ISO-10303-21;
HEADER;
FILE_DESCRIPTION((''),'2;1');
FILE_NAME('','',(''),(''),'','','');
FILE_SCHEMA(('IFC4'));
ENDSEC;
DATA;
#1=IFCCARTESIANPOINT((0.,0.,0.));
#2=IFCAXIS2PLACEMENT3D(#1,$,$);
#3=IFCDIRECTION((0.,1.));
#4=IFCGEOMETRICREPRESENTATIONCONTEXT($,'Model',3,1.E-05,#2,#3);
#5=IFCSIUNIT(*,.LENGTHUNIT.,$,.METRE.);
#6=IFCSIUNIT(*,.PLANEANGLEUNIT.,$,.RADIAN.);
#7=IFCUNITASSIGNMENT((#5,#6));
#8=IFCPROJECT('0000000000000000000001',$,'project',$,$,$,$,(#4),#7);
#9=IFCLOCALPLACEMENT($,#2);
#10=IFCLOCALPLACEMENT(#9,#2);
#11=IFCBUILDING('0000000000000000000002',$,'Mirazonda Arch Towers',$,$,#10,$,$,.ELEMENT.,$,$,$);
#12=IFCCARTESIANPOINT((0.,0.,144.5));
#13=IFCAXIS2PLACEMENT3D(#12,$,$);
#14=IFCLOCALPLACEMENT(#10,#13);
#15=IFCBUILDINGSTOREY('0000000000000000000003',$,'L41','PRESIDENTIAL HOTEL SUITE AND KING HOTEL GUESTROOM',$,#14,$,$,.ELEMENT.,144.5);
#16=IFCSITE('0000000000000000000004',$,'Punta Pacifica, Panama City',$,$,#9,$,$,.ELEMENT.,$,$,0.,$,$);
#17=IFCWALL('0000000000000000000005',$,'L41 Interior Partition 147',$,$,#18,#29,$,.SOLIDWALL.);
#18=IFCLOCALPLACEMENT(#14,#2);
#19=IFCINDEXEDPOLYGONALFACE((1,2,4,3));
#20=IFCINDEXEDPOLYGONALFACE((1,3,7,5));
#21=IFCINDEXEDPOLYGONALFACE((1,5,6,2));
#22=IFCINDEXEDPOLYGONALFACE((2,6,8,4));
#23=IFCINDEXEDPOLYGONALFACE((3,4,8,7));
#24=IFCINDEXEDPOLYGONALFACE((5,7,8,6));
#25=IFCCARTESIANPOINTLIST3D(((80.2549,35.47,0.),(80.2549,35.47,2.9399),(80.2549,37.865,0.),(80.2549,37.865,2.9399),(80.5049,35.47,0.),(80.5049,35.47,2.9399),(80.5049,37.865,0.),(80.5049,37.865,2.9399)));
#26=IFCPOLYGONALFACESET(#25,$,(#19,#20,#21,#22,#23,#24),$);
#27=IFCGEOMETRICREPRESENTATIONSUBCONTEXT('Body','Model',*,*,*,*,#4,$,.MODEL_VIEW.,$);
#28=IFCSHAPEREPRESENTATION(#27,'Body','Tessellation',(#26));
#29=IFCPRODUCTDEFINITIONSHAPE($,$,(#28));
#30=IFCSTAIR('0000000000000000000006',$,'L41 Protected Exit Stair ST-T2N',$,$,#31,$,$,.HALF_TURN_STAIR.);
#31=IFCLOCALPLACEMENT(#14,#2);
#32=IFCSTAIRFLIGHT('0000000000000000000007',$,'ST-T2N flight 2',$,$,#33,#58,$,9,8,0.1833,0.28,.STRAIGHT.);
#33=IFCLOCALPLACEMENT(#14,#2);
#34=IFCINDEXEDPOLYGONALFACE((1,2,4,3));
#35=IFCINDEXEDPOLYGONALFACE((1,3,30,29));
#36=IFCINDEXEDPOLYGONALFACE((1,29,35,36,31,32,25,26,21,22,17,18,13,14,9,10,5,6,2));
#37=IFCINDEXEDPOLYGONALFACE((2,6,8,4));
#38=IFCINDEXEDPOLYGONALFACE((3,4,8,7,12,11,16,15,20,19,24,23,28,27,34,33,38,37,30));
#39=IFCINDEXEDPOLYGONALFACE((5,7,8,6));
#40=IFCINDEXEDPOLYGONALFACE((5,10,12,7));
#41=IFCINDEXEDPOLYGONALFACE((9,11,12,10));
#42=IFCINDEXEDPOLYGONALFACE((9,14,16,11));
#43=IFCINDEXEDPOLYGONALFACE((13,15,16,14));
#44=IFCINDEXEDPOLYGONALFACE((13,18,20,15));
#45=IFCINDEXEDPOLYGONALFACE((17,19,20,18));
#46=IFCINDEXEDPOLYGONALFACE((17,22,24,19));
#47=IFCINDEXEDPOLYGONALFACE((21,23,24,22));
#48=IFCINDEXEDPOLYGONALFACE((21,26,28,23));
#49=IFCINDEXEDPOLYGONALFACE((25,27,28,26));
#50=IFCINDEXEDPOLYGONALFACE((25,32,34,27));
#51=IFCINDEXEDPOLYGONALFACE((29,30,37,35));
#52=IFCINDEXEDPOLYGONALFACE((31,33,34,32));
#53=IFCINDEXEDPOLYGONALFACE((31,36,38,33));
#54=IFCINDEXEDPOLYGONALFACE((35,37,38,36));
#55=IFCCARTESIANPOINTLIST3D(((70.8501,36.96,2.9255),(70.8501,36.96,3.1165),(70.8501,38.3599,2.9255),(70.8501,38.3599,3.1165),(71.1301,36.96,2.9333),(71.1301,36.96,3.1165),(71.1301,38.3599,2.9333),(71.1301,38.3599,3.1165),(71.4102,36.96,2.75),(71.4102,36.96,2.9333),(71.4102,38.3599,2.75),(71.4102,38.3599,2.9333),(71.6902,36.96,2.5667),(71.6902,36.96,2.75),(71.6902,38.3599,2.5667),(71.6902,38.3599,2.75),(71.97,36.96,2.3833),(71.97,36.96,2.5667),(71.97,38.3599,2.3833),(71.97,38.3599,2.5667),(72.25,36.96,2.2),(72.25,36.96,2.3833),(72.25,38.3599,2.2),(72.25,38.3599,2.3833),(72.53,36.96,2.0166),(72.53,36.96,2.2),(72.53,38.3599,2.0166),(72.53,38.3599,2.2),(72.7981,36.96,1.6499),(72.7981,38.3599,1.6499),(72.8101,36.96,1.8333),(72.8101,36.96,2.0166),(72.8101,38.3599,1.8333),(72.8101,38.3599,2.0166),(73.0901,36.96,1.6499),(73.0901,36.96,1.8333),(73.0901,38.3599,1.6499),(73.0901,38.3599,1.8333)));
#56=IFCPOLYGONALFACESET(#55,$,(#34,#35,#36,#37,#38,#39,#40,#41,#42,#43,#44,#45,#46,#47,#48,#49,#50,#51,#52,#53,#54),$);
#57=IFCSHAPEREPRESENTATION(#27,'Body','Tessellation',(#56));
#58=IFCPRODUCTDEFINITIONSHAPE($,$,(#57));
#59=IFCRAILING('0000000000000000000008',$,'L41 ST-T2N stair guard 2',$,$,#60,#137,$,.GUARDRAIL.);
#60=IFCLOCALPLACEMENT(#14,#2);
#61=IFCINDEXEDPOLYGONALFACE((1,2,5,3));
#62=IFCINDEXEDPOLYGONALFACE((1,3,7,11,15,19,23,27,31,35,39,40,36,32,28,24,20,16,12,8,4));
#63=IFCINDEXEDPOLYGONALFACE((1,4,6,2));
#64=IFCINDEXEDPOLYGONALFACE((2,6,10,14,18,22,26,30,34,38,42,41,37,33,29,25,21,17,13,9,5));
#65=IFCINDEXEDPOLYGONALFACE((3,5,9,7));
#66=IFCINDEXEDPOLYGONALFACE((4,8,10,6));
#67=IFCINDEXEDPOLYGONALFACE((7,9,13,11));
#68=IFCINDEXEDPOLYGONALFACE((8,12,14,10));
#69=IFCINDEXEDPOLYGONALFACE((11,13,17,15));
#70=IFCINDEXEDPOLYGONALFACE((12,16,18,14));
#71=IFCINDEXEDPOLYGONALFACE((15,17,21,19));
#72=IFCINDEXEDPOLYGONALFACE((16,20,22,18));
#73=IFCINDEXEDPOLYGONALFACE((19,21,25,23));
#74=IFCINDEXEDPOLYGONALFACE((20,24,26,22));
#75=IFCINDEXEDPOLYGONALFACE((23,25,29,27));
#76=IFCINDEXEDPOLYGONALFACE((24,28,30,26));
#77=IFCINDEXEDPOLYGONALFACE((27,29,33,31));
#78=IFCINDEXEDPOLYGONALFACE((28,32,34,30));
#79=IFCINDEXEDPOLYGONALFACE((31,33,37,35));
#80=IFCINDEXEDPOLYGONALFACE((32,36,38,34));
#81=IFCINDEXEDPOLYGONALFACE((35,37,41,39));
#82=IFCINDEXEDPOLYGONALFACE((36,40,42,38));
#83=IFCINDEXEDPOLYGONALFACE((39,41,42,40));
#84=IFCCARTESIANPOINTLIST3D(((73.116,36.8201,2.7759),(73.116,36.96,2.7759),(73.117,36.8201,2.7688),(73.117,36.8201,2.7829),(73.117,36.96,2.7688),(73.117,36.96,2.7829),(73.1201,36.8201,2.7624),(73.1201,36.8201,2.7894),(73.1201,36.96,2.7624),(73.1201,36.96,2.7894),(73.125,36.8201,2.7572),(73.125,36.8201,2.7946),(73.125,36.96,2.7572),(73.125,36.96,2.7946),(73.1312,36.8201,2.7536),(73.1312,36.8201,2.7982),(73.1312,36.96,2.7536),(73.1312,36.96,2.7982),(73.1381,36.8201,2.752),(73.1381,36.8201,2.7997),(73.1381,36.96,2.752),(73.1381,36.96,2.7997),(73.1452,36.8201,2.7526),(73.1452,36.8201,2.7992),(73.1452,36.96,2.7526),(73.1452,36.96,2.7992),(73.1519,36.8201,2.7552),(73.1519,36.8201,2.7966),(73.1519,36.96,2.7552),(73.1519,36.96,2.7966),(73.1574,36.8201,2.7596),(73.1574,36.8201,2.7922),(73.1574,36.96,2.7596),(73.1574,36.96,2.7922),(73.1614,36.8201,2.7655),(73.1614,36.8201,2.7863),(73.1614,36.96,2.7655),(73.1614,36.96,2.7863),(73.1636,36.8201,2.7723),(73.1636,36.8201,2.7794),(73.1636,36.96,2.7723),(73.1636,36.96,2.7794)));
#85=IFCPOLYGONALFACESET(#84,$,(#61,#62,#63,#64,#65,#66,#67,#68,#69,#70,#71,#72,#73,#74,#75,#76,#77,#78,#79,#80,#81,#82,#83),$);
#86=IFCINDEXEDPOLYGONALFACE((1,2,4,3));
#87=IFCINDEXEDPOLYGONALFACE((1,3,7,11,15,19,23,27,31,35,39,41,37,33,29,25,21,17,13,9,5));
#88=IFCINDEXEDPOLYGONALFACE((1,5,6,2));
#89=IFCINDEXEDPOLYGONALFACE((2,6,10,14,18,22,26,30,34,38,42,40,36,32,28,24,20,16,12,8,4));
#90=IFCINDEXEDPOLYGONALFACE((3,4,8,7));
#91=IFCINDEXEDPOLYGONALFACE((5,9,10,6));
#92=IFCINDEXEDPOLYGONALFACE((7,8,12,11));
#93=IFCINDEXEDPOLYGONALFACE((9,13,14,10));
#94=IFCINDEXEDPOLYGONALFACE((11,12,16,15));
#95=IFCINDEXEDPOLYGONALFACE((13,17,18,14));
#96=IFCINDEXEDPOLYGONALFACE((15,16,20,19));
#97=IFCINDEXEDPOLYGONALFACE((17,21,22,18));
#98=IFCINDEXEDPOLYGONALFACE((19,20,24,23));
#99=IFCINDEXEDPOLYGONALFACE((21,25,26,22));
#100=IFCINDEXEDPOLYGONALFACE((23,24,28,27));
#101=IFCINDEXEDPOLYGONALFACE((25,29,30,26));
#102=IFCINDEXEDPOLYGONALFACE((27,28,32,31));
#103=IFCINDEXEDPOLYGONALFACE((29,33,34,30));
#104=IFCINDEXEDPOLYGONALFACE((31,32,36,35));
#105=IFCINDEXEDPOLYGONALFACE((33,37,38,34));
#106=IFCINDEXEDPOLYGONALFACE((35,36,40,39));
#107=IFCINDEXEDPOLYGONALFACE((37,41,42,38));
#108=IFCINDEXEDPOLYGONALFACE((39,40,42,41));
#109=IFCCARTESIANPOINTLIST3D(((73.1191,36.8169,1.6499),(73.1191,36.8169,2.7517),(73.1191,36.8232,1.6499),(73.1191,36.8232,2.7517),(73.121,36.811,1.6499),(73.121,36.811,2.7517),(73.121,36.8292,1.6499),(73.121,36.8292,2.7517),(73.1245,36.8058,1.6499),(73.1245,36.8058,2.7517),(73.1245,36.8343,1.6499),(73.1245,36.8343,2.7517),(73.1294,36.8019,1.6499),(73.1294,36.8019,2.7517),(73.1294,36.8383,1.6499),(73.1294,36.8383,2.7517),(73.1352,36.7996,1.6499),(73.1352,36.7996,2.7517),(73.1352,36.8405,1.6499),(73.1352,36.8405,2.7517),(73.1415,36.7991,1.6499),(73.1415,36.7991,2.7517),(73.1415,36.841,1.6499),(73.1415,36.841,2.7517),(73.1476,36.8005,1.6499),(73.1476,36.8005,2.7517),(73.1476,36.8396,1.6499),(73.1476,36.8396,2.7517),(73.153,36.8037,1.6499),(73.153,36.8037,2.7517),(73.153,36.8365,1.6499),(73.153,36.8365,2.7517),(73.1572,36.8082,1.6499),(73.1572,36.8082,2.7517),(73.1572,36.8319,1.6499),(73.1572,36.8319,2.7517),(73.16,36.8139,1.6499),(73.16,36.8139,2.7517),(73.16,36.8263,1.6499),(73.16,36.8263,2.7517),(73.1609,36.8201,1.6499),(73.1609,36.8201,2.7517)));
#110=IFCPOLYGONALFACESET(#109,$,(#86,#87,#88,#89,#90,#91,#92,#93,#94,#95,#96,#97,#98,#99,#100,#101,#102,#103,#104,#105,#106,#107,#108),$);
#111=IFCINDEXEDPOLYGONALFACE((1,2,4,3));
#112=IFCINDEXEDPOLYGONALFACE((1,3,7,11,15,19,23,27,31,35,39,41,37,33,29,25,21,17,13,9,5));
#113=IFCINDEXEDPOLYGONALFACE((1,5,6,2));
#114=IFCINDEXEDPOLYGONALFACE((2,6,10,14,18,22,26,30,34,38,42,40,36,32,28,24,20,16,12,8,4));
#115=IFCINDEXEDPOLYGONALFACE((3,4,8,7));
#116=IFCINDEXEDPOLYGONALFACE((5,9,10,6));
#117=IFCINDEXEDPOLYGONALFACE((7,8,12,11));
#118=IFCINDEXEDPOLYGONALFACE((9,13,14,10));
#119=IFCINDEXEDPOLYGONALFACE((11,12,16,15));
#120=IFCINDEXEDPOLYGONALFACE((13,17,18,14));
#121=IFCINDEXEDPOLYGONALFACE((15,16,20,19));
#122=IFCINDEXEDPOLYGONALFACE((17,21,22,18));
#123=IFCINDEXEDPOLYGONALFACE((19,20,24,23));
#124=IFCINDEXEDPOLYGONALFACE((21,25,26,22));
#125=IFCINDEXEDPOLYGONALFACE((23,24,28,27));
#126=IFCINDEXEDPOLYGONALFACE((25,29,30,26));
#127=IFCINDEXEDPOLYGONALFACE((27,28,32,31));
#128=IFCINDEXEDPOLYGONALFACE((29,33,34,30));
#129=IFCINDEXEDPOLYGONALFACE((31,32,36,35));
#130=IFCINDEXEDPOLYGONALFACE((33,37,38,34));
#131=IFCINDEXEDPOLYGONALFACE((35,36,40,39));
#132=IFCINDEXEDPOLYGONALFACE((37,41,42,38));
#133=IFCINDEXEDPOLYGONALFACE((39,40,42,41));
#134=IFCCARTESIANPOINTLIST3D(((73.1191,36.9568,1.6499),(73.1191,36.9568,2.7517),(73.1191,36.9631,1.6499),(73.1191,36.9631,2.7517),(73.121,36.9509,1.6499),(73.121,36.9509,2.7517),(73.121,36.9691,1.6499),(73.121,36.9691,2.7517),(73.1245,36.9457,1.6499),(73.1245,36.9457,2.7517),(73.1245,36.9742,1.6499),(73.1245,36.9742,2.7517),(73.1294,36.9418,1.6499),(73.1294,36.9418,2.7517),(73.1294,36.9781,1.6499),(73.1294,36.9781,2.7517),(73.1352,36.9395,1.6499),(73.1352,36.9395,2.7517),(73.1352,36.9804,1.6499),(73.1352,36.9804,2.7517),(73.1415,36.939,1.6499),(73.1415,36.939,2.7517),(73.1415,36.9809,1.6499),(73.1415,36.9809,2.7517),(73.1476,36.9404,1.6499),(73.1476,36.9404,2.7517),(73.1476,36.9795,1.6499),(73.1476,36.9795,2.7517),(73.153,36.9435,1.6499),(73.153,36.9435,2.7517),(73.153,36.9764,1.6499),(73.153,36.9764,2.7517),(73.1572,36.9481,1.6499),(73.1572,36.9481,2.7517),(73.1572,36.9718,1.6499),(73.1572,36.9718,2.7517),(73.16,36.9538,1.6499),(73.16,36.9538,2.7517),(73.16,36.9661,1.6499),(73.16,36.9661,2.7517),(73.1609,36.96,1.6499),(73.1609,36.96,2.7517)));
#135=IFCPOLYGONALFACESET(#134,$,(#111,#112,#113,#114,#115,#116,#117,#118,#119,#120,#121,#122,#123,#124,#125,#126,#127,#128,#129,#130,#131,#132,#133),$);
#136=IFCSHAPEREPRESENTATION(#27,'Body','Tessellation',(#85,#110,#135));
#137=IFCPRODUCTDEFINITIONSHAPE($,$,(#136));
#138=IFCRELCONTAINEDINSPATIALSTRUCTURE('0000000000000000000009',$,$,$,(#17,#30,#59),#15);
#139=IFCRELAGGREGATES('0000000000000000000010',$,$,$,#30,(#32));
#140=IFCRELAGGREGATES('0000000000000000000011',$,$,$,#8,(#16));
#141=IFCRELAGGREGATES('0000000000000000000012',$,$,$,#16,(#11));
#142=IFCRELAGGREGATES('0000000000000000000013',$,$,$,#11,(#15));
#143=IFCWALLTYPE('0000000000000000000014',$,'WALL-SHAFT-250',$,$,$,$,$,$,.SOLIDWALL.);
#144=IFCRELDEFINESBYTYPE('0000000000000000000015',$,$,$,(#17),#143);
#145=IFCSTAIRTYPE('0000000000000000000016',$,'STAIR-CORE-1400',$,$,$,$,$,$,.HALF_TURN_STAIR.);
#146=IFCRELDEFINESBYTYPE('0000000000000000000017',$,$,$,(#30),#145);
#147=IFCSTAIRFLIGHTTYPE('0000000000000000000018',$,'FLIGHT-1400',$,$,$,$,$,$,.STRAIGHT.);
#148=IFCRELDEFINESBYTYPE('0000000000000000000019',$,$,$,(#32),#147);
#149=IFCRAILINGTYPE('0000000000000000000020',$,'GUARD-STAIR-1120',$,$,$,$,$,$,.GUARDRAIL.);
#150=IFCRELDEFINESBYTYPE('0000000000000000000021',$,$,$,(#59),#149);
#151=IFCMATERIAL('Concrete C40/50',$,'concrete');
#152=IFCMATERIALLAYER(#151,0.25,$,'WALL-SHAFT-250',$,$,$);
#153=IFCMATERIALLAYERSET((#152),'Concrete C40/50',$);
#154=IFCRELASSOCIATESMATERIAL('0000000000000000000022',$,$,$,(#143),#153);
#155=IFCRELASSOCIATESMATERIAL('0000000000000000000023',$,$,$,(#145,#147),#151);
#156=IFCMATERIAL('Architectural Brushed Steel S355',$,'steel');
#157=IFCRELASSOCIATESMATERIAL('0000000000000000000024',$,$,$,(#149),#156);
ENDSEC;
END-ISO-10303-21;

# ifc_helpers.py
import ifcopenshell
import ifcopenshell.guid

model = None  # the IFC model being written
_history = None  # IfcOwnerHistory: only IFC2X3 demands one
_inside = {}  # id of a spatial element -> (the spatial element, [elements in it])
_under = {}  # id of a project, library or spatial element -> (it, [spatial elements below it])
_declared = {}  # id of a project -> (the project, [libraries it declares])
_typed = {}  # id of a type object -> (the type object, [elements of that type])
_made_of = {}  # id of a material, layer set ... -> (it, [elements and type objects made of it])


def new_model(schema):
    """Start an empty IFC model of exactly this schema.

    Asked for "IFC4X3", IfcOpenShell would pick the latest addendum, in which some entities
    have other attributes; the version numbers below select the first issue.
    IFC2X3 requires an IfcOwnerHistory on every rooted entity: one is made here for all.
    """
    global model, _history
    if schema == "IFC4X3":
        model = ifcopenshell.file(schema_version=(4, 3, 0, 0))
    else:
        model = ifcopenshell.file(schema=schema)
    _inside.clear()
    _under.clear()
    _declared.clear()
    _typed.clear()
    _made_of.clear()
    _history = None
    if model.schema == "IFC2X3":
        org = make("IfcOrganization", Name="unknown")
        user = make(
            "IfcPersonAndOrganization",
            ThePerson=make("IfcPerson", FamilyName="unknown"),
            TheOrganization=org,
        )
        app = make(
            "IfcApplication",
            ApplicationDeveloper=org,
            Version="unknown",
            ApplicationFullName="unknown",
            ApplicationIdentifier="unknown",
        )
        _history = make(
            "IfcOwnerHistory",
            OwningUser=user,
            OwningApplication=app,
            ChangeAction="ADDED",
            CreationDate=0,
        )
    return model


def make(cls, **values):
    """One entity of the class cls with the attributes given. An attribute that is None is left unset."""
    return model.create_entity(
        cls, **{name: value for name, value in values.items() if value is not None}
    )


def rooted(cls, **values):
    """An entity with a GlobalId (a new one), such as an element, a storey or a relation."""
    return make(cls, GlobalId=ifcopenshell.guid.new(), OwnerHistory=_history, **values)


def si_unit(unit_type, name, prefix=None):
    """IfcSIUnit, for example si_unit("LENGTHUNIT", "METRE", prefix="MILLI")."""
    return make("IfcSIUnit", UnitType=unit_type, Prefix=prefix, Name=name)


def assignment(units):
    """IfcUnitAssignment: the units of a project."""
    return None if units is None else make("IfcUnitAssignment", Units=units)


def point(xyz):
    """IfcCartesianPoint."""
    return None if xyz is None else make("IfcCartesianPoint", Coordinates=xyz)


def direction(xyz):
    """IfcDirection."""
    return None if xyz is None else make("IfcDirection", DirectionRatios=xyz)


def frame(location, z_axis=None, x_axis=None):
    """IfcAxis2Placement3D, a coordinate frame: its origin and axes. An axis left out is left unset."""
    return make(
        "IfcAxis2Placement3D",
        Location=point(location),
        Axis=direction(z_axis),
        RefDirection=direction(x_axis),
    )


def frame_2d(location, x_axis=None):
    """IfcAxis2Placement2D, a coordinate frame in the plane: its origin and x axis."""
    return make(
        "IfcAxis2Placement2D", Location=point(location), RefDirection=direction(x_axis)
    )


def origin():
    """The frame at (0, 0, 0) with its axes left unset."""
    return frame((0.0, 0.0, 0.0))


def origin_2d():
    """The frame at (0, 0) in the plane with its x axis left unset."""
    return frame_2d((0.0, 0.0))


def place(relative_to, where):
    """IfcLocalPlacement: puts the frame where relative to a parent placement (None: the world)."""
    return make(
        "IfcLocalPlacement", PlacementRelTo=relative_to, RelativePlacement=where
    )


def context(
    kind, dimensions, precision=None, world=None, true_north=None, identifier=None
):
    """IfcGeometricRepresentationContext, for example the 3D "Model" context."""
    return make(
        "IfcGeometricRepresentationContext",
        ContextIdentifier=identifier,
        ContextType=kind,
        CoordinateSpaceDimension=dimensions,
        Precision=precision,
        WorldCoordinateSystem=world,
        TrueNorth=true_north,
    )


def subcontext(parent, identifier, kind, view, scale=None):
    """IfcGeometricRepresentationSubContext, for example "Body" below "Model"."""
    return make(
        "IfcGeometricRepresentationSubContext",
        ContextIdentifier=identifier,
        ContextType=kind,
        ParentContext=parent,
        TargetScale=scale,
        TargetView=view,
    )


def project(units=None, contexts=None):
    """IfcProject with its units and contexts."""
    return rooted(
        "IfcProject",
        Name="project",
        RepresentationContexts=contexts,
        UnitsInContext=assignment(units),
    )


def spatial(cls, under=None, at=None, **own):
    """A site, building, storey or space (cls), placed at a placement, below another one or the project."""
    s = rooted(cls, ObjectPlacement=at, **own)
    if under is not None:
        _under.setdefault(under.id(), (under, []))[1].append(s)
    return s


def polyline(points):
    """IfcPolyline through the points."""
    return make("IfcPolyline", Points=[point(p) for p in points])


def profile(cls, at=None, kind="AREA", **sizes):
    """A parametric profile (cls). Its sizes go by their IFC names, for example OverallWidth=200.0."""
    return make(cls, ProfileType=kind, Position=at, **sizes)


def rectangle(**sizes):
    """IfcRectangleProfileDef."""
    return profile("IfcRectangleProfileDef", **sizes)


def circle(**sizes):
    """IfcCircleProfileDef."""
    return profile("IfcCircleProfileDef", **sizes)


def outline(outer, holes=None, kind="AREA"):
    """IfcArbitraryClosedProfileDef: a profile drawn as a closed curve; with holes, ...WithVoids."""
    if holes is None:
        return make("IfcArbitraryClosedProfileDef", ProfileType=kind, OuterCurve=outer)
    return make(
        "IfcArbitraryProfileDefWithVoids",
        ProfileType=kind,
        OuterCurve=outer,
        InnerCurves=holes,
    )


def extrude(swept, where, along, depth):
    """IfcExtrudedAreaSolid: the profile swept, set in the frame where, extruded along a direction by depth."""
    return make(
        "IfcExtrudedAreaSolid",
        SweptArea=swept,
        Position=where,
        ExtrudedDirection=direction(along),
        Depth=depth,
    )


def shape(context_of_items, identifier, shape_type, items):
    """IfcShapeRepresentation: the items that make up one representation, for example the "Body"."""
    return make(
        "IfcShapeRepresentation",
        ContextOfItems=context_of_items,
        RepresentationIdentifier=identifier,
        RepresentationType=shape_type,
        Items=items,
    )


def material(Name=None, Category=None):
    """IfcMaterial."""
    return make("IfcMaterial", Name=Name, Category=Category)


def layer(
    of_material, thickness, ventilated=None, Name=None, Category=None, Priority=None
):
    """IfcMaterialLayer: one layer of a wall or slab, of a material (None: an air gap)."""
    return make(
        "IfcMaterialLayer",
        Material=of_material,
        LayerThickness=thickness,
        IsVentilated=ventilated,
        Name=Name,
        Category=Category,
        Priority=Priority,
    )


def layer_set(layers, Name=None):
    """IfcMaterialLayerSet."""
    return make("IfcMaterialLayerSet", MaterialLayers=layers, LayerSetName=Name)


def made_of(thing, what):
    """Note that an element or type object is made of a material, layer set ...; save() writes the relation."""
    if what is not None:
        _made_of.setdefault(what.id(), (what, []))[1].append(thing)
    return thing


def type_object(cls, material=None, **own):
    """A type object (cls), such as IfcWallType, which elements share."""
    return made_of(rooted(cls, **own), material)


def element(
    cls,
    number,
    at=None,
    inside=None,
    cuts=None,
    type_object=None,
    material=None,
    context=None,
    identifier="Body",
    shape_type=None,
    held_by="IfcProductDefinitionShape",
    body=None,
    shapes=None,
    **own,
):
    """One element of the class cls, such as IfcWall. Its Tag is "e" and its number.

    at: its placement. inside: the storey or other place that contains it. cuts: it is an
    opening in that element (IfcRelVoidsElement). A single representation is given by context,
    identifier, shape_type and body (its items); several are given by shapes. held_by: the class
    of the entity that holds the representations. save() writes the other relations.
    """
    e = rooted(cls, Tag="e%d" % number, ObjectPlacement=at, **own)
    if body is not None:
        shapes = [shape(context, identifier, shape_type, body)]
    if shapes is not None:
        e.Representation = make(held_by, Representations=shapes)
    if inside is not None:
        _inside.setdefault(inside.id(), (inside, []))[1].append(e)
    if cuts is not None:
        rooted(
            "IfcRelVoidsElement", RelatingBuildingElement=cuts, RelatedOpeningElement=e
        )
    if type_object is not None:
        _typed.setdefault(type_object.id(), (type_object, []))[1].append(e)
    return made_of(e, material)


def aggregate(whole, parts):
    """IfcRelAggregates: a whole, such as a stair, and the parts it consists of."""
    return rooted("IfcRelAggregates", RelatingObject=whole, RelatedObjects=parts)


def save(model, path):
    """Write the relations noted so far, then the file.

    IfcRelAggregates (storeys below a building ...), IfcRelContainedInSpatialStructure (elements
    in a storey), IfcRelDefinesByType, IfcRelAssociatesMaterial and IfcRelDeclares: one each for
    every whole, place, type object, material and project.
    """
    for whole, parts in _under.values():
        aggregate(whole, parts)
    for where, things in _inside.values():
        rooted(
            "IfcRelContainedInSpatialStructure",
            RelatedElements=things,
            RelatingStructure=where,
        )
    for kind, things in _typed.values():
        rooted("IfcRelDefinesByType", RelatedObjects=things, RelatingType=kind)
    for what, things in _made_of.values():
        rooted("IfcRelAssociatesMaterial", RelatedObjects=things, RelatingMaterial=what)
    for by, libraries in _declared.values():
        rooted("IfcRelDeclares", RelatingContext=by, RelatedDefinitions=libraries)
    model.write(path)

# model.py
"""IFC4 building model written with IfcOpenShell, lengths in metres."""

from ifc_helpers import new_model, si_unit, direction, frame, frame_2d, origin, origin_2d, place, context, subcontext, project, spatial, polyline, rectangle, circle, outline, extrude, material, layer, layer_set, type_object, element, aggregate, save


model = new_model("IFC4")

# Units and contexts
model_context = context("Model", 3, precision=1e-05, world=origin(), true_north=direction((0.0, 1.0)))
body_context = subcontext(model_context, "Body", "Model", "MODEL_VIEW")
ifc_project = project(units=[si_unit("LENGTHUNIT", "METRE"), si_unit("PLANEANGLEUNIT", "RADIAN")], contexts=[model_context])

# Site, building, storey
site_placement = place(None, origin())
site = spatial("IfcSite", under=ifc_project, at=site_placement, Name="Punta Pacifica, Panama City", CompositionType="ELEMENT", RefElevation=0.0)
building_placement = place(site_placement, origin())
building = spatial("IfcBuilding", under=site, at=building_placement, Name="Mirazonda Arch Towers", CompositionType="ELEMENT")
storey_placement = place(building_placement, frame((0.0, 0.0, 144.5)))
storey = spatial("IfcBuildingStorey", under=building, at=storey_placement, Name="L41", Description="PRESIDENTIAL HOTEL SUITE AND KING HOTEL GUESTROOM", CompositionType="ELEMENT", Elevation=144.5)

# Wall
ifc_material_1 = material(Name="Concrete C40/50", Category="concrete")
ifc_layer_1 = layer(ifc_material_1, 0.25, Name="WALL-SHAFT-250")
ifc_layer_set_1 = layer_set([ifc_layer_1], Name="Concrete C40/50")
wall_type_1 = type_object("IfcWallType", Name="WALL-SHAFT-250", PredefinedType="SOLIDWALL", material=ifc_layer_set_1)
wall_1_placement = place(storey_placement, frame((80.3799, 35.47, 0.0), z_axis=(0.0, 0.0, 1.0), x_axis=(0.0, 1.0, 0.0)))
element("IfcWall", 1, at=wall_1_placement, inside=storey, type_object=wall_type_1, Name="L41 Interior Partition 147", PredefinedType="SOLIDWALL", context=body_context, shape_type="SweptSolid", body=[
    extrude(rectangle(XDim=2.395, YDim=0.25, at=frame_2d((1.1975, 0.0))), origin(), (0.0, 0.0, 1.0), 2.9399),
])

# Stair, stair flight
stair_type = type_object("IfcStairType", Name="STAIR-CORE-1400", PredefinedType="HALF_TURN_STAIR", material=ifc_material_1)
stair_placement = place(storey_placement, origin())
stair = element("IfcStair", 2, at=stair_placement, inside=storey, type_object=stair_type, Name="L41 Protected Exit Stair ST-T2N", PredefinedType="HALF_TURN_STAIR")
stair_flight_type = type_object("IfcStairFlightType", Name="FLIGHT-1400", PredefinedType="STRAIGHT", material=ifc_material_1)
stair_flight_placement = place(storey_placement, frame((73.0901, 37.6599, 1.6499), z_axis=(0.0, 0.0, 1.0), x_axis=(-1.0, 0.0, 0.0)))
stair_flight = element("IfcStairFlight", 3, at=stair_flight_placement, type_object=stair_flight_type, Name="ST-T2N flight 2", NumberOfRisers=9, NumberOfTreads=8, PredefinedType="STRAIGHT", RiserHeight=0.1833, TreadLength=0.28, context=body_context, shape_type="SweptSolid", body=[
    extrude(outline(polyline([(0.0, 0.0), (0.0, 0.1833), (0.28, 0.1833), (0.28, 0.3667), (0.5601, 0.3667), (0.5601, 0.55), (0.8401, 0.55), (0.8401, 0.7334), (1.1201, 0.7334), (1.1201, 0.9167), (1.3999, 0.9167), (1.3999, 1.1001), (1.6799, 1.1001), (1.6799, 1.2834), (1.96, 1.2834), (1.96, 1.4666), (2.24, 1.4666), (2.24, 1.6499), (2.24, 1.2756), (0.292, 0.0), (0.0, 0.0)])), frame((0.0, 0.7, 0.0), z_axis=(0.0, -1.0, 0.0), x_axis=(1.0, 0.0, 0.0)), (0.0, 0.0, 1.0), 1.3999),
])
aggregate(stair, [stair_flight])

# Railing
ifc_material_2 = material(Name="Architectural Brushed Steel S355", Category="steel")
railing_type_1 = type_object("IfcRailingType", Name="GUARD-STAIR-1120", PredefinedType="GUARDRAIL", material=ifc_material_2)
railing_1_placement = place(storey_placement, frame((73.1399, 36.8201, 1.6499)))
element("IfcRailing", 4, at=railing_1_placement, inside=storey, type_object=railing_type_1, Name="L41 ST-T2N stair guard 2", PredefinedType="GUARDRAIL", context=body_context, shape_type="SweptSolid", body=[
    extrude(circle(Radius=0.0239, at=origin_2d()), frame((0.0, 0.0, 1.126), z_axis=(0.0, 1.0, 0.0), x_axis=(-1.0, 0.0, 0.0)), (0.0, 0.0, 1.0), 0.1399),
    extrude(circle(Radius=0.021, at=origin_2d()), origin(), (0.0, 0.0, 1.0), 1.1018),
    extrude(circle(Radius=0.021, at=origin_2d()), frame((0.0, 0.1399, 0.0)), (0.0, 0.0, 1.0), 1.1018),
])

save(model, "model.ifc")
